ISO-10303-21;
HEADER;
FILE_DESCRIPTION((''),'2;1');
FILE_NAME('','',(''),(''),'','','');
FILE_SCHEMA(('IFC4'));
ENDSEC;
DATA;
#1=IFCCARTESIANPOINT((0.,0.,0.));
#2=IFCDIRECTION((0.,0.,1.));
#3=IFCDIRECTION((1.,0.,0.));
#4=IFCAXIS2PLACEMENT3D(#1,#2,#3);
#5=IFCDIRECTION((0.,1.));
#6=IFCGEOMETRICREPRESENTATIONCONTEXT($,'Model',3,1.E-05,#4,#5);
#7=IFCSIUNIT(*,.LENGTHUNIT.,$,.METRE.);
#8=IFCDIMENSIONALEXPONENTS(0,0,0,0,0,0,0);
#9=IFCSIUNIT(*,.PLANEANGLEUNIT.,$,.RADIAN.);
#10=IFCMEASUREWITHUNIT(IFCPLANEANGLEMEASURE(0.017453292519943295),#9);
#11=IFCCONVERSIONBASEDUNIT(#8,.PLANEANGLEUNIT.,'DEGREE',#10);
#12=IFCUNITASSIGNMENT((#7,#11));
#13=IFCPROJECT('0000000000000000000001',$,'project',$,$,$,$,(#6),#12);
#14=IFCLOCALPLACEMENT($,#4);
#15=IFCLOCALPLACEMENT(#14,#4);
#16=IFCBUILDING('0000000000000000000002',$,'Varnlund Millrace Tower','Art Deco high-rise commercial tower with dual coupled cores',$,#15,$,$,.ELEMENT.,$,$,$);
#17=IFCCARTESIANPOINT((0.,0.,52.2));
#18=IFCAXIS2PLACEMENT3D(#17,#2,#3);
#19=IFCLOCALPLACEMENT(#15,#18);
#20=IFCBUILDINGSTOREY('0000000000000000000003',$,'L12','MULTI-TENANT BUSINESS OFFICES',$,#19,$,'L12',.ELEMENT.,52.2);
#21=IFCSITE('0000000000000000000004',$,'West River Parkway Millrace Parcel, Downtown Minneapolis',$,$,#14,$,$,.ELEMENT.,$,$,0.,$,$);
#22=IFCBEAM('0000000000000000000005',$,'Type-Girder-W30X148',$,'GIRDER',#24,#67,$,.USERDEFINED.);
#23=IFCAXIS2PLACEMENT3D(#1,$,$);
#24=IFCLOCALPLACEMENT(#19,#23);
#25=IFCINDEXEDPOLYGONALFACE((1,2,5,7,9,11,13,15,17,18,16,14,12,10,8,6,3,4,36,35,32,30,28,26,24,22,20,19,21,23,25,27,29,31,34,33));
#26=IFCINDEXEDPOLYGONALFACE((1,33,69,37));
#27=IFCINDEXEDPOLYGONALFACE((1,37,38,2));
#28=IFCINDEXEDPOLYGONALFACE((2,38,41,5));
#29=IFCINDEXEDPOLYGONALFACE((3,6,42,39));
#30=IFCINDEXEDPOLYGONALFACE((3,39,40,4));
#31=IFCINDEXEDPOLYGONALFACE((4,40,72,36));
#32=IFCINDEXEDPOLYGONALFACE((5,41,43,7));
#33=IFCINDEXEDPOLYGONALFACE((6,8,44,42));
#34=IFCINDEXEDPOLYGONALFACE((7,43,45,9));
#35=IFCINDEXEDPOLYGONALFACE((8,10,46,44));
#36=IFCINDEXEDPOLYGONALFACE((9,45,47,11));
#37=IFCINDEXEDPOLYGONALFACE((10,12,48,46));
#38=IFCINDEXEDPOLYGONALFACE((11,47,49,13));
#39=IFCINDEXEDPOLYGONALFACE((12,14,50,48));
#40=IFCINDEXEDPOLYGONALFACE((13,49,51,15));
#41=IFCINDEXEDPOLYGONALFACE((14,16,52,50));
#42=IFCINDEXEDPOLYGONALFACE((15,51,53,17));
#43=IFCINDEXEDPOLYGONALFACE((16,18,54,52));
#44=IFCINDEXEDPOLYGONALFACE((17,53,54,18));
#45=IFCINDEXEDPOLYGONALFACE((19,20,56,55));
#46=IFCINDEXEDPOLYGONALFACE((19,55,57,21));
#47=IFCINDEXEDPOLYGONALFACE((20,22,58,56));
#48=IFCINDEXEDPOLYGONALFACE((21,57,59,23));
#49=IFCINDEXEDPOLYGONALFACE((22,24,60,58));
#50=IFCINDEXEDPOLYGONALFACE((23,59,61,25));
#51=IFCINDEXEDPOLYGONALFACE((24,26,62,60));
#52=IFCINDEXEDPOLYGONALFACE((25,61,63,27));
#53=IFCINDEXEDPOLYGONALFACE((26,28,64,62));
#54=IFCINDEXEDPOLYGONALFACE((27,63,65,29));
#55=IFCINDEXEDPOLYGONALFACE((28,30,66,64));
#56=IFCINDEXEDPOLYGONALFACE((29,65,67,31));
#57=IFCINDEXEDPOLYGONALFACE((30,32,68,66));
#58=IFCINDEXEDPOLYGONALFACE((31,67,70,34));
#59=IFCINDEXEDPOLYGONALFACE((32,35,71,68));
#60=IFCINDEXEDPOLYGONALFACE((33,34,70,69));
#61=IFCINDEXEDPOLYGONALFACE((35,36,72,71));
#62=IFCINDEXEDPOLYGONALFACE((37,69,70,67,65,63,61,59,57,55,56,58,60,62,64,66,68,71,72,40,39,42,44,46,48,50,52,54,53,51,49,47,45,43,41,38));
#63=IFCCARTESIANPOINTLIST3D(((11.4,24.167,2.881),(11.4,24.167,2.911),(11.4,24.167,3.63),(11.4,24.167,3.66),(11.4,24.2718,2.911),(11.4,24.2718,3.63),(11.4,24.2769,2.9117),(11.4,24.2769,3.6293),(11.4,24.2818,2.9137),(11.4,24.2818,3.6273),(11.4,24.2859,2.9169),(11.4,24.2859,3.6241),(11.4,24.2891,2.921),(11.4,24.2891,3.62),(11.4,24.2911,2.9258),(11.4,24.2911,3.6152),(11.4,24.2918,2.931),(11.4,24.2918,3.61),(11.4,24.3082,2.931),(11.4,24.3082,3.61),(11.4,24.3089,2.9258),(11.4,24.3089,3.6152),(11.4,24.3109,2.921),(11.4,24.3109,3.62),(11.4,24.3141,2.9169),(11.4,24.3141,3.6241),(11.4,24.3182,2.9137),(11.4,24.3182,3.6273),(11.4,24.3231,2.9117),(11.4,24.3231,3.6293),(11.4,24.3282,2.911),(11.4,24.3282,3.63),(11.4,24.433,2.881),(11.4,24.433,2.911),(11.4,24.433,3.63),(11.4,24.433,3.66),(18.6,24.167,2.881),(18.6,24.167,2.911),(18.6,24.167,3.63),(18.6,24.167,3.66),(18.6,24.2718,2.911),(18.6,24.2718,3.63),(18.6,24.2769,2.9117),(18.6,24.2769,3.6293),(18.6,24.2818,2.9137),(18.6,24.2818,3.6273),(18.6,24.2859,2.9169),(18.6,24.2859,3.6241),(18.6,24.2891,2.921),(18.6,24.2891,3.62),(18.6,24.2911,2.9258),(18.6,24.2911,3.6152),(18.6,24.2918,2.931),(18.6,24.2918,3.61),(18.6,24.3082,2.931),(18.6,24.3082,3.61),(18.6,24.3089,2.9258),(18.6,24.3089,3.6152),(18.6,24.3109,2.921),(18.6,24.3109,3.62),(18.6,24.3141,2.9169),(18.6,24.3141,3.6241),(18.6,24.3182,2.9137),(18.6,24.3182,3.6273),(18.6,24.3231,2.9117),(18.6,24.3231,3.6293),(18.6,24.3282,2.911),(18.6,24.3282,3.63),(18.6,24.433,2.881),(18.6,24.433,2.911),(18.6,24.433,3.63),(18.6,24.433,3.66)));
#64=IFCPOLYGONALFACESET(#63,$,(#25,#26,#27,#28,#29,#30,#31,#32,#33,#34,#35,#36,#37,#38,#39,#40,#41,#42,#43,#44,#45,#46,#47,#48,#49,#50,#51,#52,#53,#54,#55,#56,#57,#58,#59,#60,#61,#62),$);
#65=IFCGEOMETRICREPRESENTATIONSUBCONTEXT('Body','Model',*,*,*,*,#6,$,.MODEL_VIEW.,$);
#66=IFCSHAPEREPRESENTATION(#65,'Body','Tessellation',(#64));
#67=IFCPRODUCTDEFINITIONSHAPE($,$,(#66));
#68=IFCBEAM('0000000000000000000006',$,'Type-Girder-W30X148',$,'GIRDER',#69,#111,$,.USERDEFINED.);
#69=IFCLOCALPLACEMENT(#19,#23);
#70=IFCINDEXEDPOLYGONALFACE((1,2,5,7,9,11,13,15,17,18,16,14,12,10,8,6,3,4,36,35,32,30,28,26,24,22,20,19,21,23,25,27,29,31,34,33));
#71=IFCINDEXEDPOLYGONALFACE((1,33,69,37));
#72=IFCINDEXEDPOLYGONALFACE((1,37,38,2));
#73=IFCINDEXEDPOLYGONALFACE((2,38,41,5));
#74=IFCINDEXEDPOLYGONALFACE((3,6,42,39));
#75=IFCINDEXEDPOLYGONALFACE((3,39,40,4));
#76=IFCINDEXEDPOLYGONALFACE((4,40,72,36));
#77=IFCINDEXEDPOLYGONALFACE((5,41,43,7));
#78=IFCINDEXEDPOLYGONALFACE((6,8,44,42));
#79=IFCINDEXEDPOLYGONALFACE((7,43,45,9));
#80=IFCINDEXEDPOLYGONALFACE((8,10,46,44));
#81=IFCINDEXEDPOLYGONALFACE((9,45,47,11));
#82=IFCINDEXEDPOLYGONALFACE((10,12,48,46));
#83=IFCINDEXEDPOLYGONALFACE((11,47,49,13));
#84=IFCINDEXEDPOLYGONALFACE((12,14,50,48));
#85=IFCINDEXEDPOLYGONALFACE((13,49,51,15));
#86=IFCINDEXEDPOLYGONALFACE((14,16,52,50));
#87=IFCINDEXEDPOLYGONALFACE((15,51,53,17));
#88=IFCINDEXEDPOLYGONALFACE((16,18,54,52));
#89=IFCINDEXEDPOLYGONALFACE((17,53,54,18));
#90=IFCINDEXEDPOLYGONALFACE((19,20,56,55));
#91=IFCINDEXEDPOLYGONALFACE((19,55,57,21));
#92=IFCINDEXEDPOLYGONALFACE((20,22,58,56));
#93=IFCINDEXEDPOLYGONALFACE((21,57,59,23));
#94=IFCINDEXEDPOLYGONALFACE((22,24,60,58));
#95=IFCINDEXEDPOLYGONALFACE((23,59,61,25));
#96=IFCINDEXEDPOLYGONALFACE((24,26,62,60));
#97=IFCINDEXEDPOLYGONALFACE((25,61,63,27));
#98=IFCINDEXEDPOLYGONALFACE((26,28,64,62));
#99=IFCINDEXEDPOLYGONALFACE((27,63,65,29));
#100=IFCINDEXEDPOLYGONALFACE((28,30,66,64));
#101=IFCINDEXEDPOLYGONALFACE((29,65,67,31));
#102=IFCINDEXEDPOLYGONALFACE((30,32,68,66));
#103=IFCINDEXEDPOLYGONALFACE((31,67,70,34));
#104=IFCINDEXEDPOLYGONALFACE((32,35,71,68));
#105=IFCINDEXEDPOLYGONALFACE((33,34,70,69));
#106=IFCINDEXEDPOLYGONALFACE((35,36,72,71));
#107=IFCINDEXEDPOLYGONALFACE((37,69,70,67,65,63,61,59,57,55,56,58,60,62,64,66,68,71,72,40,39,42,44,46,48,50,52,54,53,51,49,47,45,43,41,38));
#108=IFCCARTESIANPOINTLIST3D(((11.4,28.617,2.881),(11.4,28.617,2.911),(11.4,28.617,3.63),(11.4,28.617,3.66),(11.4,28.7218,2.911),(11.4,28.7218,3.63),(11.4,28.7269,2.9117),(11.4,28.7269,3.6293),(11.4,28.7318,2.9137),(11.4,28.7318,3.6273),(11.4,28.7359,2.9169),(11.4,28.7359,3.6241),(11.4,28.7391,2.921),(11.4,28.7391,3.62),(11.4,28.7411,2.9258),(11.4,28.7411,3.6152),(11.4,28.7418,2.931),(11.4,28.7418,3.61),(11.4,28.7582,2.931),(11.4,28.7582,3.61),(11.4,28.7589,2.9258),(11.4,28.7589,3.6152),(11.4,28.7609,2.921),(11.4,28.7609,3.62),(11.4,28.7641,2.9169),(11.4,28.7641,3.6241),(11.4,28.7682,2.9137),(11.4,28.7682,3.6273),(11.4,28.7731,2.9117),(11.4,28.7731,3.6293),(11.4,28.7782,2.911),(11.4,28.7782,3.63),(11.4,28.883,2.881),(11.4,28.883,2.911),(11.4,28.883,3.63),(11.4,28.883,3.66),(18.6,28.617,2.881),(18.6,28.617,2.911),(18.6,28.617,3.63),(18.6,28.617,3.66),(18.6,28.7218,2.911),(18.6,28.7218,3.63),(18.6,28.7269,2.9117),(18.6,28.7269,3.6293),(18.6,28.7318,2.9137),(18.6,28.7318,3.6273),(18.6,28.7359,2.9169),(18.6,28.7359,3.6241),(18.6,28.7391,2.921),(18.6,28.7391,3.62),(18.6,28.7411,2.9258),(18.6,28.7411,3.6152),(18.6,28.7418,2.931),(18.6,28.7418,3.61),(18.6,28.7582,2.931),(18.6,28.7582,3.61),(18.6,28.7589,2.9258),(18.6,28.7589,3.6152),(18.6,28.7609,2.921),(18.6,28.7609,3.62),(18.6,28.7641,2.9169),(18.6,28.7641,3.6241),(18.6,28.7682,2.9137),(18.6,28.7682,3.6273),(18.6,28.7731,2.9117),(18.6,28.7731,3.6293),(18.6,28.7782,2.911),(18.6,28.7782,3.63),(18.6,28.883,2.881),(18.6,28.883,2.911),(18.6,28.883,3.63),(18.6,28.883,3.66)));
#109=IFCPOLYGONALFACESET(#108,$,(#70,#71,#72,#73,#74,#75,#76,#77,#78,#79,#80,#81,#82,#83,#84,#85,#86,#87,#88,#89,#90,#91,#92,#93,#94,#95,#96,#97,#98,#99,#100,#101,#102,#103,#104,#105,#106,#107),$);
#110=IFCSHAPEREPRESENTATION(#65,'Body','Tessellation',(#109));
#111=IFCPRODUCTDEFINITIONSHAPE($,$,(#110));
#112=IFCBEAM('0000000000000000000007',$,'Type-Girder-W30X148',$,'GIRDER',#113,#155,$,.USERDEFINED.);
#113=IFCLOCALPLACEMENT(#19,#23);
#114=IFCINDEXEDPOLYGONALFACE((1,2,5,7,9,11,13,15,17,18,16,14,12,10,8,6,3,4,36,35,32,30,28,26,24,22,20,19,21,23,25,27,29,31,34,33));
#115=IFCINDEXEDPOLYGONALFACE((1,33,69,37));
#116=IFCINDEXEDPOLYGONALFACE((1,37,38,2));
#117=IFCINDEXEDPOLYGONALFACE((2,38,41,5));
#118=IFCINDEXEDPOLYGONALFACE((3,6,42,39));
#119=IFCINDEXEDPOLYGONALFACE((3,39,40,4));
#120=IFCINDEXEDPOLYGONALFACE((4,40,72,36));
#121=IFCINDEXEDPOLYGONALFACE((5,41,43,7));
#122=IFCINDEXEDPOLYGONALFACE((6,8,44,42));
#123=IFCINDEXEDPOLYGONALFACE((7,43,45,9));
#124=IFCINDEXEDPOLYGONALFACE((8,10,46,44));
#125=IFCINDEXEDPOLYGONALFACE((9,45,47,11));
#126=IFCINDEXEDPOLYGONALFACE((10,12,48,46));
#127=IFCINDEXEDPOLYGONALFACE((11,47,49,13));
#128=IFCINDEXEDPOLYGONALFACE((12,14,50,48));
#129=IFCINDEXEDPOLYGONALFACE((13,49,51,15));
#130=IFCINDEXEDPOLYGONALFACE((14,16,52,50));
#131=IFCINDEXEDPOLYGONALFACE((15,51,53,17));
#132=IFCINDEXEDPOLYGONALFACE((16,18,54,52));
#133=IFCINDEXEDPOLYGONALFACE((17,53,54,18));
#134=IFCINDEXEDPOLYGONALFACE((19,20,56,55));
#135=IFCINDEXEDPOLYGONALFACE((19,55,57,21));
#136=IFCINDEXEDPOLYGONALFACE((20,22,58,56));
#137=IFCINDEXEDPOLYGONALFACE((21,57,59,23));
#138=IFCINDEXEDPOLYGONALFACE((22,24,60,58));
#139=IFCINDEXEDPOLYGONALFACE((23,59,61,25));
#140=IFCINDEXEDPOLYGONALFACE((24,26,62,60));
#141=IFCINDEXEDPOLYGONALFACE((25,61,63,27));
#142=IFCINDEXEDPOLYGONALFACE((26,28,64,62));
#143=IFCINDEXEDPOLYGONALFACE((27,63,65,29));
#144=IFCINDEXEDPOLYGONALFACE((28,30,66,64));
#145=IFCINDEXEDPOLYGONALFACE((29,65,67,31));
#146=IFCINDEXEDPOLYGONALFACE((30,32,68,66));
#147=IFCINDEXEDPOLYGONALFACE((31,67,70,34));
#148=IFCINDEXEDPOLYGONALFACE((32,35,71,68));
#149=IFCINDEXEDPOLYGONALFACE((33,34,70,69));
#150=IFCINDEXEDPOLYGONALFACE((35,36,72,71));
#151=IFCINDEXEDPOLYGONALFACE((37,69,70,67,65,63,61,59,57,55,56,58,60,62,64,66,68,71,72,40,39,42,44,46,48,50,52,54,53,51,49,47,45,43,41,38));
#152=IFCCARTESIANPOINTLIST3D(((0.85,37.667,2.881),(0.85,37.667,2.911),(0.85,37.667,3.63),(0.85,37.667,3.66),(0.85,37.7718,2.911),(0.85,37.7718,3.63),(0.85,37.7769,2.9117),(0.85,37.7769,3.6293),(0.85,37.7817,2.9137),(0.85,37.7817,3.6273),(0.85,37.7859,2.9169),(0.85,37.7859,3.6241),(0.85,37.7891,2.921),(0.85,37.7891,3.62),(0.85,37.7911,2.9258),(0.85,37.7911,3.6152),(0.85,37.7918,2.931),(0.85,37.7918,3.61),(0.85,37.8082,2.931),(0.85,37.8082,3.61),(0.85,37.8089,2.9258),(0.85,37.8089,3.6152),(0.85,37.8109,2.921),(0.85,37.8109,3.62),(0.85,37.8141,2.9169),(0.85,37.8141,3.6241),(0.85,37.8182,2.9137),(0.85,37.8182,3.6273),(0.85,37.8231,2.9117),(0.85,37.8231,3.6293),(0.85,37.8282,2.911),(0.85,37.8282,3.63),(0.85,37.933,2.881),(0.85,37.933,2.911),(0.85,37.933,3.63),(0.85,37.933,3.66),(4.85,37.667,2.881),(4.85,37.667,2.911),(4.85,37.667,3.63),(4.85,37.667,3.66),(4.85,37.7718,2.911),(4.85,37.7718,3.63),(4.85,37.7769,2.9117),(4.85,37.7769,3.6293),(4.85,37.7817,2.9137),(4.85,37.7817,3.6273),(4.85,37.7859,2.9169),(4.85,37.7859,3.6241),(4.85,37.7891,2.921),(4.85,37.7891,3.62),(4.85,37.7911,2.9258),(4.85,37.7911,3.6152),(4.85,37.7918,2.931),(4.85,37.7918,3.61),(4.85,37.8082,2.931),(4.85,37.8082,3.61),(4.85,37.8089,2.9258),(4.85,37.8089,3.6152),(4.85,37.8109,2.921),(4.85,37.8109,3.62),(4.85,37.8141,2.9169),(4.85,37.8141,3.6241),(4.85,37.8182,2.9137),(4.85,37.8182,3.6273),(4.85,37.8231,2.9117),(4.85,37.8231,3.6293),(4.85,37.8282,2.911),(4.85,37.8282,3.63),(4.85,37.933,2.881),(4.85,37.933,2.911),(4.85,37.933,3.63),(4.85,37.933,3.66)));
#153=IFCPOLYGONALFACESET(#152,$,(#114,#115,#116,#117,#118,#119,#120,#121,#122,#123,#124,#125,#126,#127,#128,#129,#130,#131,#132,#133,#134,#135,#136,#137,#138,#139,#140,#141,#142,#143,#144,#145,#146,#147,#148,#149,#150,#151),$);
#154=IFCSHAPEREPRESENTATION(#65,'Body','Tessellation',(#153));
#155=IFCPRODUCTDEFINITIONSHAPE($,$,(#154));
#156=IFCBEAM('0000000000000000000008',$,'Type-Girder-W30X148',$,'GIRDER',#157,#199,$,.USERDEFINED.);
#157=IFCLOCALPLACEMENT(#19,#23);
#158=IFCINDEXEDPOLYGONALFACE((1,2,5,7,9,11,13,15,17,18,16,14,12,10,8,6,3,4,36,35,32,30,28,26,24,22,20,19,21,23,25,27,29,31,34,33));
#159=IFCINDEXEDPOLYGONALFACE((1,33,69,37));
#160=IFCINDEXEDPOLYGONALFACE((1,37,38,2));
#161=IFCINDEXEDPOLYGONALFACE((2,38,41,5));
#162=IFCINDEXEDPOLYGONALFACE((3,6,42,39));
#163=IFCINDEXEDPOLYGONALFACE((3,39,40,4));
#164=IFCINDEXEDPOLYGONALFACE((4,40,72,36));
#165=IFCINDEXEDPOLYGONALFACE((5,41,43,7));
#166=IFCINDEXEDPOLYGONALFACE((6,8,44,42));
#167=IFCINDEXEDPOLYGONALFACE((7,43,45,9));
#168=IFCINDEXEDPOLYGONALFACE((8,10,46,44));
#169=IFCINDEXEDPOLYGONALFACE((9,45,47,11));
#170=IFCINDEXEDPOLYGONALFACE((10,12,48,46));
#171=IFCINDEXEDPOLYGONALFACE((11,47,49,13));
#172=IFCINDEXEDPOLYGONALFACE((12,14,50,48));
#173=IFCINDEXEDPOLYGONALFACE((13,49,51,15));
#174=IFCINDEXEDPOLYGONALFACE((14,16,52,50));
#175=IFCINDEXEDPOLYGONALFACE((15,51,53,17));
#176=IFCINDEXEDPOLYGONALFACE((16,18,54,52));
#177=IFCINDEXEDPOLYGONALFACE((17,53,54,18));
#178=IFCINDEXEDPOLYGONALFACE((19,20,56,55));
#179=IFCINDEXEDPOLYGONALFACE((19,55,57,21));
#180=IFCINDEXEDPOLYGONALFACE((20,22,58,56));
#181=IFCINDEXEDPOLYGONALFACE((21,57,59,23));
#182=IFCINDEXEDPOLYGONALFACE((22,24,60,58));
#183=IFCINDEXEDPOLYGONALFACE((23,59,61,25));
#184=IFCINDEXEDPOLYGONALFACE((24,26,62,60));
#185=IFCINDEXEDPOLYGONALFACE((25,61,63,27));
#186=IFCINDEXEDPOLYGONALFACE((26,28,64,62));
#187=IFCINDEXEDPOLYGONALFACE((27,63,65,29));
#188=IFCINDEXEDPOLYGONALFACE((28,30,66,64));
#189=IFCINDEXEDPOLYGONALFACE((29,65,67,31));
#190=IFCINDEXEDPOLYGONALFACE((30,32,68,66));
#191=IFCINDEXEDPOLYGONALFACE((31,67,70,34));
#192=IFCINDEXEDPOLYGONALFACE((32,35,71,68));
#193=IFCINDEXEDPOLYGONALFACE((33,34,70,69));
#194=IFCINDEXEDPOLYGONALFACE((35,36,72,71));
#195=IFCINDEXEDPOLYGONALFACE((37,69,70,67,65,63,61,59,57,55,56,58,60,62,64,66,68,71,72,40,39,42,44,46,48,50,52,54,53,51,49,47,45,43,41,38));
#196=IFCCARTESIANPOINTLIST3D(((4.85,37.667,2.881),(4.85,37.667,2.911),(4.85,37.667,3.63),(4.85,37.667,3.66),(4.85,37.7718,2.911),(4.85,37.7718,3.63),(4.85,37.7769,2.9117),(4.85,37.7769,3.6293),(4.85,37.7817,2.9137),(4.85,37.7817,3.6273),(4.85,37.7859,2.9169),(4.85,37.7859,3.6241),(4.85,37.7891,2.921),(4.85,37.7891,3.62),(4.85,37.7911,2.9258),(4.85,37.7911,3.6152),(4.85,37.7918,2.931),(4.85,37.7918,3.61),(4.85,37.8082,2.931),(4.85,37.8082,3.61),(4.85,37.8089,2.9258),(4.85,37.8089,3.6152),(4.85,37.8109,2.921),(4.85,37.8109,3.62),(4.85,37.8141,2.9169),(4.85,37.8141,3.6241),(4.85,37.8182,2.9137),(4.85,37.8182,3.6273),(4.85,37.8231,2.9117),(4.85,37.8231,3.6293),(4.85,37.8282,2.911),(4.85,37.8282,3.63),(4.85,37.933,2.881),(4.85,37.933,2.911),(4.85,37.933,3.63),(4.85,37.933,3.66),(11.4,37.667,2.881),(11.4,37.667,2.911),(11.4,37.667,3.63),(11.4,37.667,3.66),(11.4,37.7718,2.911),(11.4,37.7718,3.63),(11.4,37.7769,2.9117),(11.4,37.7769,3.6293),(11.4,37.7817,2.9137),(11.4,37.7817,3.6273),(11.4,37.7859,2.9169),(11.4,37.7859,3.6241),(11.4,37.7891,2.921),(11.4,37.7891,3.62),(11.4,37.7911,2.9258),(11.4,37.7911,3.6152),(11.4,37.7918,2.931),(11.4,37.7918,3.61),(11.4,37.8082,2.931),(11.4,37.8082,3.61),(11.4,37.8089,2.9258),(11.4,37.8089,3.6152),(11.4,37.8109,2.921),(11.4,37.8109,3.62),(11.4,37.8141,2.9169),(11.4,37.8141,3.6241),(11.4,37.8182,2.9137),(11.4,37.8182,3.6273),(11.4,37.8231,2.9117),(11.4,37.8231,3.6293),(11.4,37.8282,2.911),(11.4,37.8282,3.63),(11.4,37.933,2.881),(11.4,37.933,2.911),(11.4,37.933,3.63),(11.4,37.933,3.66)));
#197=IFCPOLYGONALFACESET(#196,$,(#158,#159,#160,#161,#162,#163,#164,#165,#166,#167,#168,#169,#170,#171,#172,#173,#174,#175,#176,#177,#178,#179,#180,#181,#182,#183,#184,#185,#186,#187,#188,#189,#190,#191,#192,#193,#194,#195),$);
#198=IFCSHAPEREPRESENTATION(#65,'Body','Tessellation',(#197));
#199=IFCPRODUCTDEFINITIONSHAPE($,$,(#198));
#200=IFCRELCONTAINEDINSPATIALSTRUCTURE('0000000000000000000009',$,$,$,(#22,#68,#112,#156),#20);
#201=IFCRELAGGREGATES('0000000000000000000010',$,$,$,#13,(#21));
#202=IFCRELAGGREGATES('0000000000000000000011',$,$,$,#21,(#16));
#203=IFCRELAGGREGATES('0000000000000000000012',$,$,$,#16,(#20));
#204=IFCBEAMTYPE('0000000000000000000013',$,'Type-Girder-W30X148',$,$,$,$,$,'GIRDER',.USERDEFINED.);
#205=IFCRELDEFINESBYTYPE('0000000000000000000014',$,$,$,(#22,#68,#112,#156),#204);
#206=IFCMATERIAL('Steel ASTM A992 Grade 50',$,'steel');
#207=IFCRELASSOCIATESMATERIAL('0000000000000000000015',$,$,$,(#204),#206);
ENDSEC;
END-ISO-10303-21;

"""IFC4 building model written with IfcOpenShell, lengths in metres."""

from ifc_helpers import new_model, entity, si_unit, converted_unit, direction, frame, origin_with_axes, origin_2d_with_axis, place, context, subcontext, project, spatial, i_section, extrude, material, material_profile, profile_set, type_object, element, save


model = new_model("IFC4")

# Units and contexts
model_context = context("Model", 3, precision=1e-05, world=origin_with_axes(), true_north=direction((0.0, 1.0)))
body_context = subcontext(model_context, "Body", "Model", "MODEL_VIEW")
ifc_project = project(units=[si_unit("LENGTHUNIT", "METRE"), converted_unit("PLANEANGLEUNIT", "DEGREE", entity("IfcPlaneAngleMeasure", 0.017453292519943295), si_unit("PLANEANGLEUNIT", "RADIAN"), dimensions=[0, 0, 0, 0, 0, 0, 0])], contexts=[model_context])

# Site, building, storey
site_placement = place(None, origin_with_axes())
site = spatial("IfcSite", under=ifc_project, at=site_placement, Name="West River Parkway Millrace Parcel, Downtown Minneapolis", CompositionType="ELEMENT", RefElevation=0.0)
building_placement = place(site_placement, origin_with_axes())
building = spatial("IfcBuilding", under=site, at=building_placement, Name="Varnlund Millrace Tower", Description="Art Deco high-rise commercial tower with dual coupled cores", CompositionType="ELEMENT")
storey_placement = place(building_placement, frame((0.0, 0.0, 52.2), z_axis=(0.0, 0.0, 1.0), x_axis=(1.0, 0.0, 0.0)))
storey = spatial("IfcBuildingStorey", under=building, at=storey_placement, Name="L12", Description="MULTI-TENANT BUSINESS OFFICES", LongName="L12", CompositionType="ELEMENT", Elevation=52.2)

# Beams
ifc_material_1 = material(Name="Steel ASTM A992 Grade 50", Category="steel")
ifc_material_profile_1 = material_profile(ifc_material_1, i_section(OverallWidth=0.266, OverallDepth=0.779, WebThickness=0.0165, FlangeThickness=0.03, FilletRadius=0.02, at=origin_2d_with_axis()), Name="Steel ASTM A992 Grade 50")
ifc_profile_set_1 = profile_set([ifc_material_profile_1], Name="Steel ASTM A992 Grade 50")
beam_type_1 = type_object("IfcBeamType", Name="Type-Girder-W30X148", ElementType="GIRDER", PredefinedType="USERDEFINED", material=ifc_profile_set_1)
for number, where, z_axis, x_axis, name in (
    (1, (11.4, 24.3, 3.2705), (1.0, 0.0, 0.0), (0.0, 1.0, 0.0), "Type-Girder-W30X148"),
    (2, (11.4, 28.75, 3.2705), (1.0, 0.0, 0.0), (0.0, 1.0, 0.0), "Type-Girder-W30X148"),
):
    element("IfcBeam", number, at=place(storey_placement, frame(where, z_axis=z_axis, x_axis=x_axis)), inside=storey, type_object=beam_type_1, Name=name, ObjectType="GIRDER", PredefinedType="USERDEFINED", context=body_context, shape_type="SweptSolid", body=[
        extrude(i_section(OverallWidth=0.266, OverallDepth=0.779, WebThickness=0.0165, FlangeThickness=0.03, FilletRadius=0.02, at=origin_2d_with_axis()), origin_with_axes(), (0.0, 0.0, 1.0), 7.2),
    ])
beam_1_placement = place(storey_placement, frame((0.85, 37.8, 3.2705), z_axis=(1.0, 0.0, 0.0), x_axis=(0.0, 1.0, 0.0)))
element("IfcBeam", 3, at=beam_1_placement, inside=storey, type_object=beam_type_1, Name="Type-Girder-W30X148", ObjectType="GIRDER", PredefinedType="USERDEFINED", context=body_context, shape_type="SweptSolid", body=[
    extrude(i_section(OverallWidth=0.266, OverallDepth=0.779, WebThickness=0.0165, FlangeThickness=0.03, FilletRadius=0.02, at=origin_2d_with_axis()), origin_with_axes(), (0.0, 0.0, 1.0), 4.0),
])
beam_2_placement = place(storey_placement, frame((4.85, 37.8, 3.2705), z_axis=(1.0, 0.0, 0.0), x_axis=(0.0, 1.0, 0.0)))
element("IfcBeam", 4, at=beam_2_placement, inside=storey, type_object=beam_type_1, Name="Type-Girder-W30X148", ObjectType="GIRDER", PredefinedType="USERDEFINED", context=body_context, shape_type="SweptSolid", body=[
    extrude(i_section(OverallWidth=0.266, OverallDepth=0.779, WebThickness=0.0165, FlangeThickness=0.03, FilletRadius=0.02, at=origin_2d_with_axis()), origin_with_axes(), (0.0, 0.0, 1.0), 6.55),
])

save(model, "model.ifc")
